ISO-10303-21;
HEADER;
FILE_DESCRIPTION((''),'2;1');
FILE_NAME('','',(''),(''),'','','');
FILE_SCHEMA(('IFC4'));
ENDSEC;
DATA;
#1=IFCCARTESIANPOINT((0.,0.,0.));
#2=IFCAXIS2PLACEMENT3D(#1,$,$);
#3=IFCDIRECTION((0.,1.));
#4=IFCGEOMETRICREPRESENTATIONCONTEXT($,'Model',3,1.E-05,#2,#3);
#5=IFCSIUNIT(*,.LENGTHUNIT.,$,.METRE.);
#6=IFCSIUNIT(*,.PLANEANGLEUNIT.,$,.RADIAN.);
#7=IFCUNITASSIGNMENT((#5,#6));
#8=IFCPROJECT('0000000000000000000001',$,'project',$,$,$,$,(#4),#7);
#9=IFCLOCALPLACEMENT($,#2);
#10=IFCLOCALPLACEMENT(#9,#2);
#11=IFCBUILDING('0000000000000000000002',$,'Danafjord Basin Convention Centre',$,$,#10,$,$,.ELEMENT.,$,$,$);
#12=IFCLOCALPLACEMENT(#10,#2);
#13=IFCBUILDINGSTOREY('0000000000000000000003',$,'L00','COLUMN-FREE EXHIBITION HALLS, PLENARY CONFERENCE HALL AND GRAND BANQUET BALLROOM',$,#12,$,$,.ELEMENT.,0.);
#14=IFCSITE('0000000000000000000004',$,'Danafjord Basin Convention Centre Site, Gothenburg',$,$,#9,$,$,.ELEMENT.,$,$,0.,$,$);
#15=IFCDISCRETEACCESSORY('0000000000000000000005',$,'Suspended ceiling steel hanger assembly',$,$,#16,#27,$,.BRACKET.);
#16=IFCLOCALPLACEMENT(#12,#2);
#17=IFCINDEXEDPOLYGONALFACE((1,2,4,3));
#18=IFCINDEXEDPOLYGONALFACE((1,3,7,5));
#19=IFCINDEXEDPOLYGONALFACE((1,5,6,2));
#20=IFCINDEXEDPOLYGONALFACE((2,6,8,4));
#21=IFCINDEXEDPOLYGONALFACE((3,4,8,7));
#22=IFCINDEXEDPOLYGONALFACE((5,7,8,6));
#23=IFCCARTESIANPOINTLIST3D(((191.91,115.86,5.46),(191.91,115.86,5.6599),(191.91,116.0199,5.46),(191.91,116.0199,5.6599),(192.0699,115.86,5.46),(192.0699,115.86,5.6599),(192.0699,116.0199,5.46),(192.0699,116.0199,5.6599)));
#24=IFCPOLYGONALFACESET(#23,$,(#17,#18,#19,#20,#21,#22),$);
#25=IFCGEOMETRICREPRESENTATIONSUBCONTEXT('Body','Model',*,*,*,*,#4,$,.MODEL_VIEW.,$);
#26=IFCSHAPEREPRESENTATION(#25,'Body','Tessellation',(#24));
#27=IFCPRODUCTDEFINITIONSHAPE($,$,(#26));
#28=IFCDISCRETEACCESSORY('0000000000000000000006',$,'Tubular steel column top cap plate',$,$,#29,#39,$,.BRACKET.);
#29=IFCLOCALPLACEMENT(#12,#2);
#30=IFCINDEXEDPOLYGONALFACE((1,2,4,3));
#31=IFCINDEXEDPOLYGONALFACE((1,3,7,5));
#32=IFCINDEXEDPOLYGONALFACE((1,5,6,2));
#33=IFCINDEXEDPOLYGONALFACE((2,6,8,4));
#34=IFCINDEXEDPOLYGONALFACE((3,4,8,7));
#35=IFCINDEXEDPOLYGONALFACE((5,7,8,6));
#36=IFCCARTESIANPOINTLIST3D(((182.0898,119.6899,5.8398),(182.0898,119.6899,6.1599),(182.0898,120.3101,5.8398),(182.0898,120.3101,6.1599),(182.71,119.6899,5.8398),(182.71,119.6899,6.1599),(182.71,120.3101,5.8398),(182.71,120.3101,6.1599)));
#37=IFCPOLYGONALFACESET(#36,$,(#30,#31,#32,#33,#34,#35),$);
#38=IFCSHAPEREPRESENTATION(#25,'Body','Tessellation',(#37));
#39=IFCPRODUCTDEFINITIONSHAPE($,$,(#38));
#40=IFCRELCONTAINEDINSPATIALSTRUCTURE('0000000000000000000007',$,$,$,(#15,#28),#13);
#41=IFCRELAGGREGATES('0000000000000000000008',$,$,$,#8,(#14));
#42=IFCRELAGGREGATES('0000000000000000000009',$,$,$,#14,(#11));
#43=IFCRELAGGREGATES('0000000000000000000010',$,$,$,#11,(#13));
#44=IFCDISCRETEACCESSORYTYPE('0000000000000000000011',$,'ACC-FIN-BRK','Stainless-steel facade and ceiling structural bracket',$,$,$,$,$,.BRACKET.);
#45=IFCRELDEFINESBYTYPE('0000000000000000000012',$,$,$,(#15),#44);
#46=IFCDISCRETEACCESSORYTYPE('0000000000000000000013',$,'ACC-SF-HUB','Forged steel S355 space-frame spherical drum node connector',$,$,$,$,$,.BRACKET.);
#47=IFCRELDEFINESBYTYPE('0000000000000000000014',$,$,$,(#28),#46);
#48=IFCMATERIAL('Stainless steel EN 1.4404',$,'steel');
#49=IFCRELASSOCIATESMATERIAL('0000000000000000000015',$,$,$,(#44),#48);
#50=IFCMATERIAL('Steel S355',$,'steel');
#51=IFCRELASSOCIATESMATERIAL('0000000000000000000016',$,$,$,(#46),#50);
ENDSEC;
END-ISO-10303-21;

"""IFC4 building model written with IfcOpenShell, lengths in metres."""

from ifc_helpers import new_model, si_unit, direction, frame, origin, origin_2d, place, context, subcontext, project, spatial, rectangle, extrude, material, type_object, element, save


model = new_model("IFC4")

# Units and contexts
model_context = context("Model", 3, precision=1e-05, world=origin(), true_north=direction((0.0, 1.0)))
body_context = subcontext(model_context, "Body", "Model", "MODEL_VIEW")
ifc_project = project(units=[si_unit("LENGTHUNIT", "METRE"), si_unit("PLANEANGLEUNIT", "RADIAN")], contexts=[model_context])

# Site, building, storey
site_placement = place(None, origin())
site = spatial("IfcSite", under=ifc_project, at=site_placement, Name="Danafjord Basin Convention Centre Site, Gothenburg", CompositionType="ELEMENT", RefElevation=0.0)
building_placement = place(site_placement, origin())
building = spatial("IfcBuilding", under=site, at=building_placement, Name="Danafjord Basin Convention Centre", CompositionType="ELEMENT")
storey_placement = place(building_placement, origin())
storey = spatial("IfcBuildingStorey", under=building, at=storey_placement, Name="L00", Description="COLUMN-FREE EXHIBITION HALLS, PLENARY CONFERENCE HALL AND GRAND BANQUET BALLROOM", CompositionType="ELEMENT", Elevation=0.0)

# Shared definitions
ifc_material_1 = material(Name="Steel S355", Category="steel")

# Discrete accessories
ifc_material_2 = material(Name="Stainless steel EN 1.4404", Category="steel")
discrete_accessory_type_1 = type_object("IfcDiscreteAccessoryType", Name="ACC-FIN-BRK", Description="Stainless-steel facade and ceiling structural bracket", PredefinedType="BRACKET", material=ifc_material_2)
discrete_accessory_1_placement = place(storey_placement, frame((191.99, 115.9399, 5.46), z_axis=(0.0, 0.0, 1.0), x_axis=(1.0, 0.0, 0.0)))
element("IfcDiscreteAccessory", 1, at=discrete_accessory_1_placement, inside=storey, type_object=discrete_accessory_type_1, Name="Suspended ceiling steel hanger assembly", PredefinedType="BRACKET", context=body_context, shape_type="SweptSolid", body=[
    extrude(rectangle(XDim=0.1599, YDim=0.1599, at=origin_2d()), origin(), (0.0, 0.0, 1.0), 0.2),
])
discrete_accessory_type_2 = type_object("IfcDiscreteAccessoryType", Name="ACC-SF-HUB", Description="Forged steel S355 space-frame spherical drum node connector", PredefinedType="BRACKET", material=ifc_material_1)
discrete_accessory_2_placement = place(storey_placement, frame((182.3999, 120.0, 5.8398), z_axis=(0.0, 0.0, 1.0), x_axis=(1.0, 0.0, 0.0)))
element("IfcDiscreteAccessory", 2, at=discrete_accessory_2_placement, inside=storey, type_object=discrete_accessory_type_2, Name="Tubular steel column top cap plate", PredefinedType="BRACKET", context=body_context, shape_type="SweptSolid", body=[
    extrude(rectangle(XDim=0.6201, YDim=0.6201, at=origin_2d()), origin(), (0.0, 0.0, 1.0), 0.3201),
])

save(model, "model.ifc")
